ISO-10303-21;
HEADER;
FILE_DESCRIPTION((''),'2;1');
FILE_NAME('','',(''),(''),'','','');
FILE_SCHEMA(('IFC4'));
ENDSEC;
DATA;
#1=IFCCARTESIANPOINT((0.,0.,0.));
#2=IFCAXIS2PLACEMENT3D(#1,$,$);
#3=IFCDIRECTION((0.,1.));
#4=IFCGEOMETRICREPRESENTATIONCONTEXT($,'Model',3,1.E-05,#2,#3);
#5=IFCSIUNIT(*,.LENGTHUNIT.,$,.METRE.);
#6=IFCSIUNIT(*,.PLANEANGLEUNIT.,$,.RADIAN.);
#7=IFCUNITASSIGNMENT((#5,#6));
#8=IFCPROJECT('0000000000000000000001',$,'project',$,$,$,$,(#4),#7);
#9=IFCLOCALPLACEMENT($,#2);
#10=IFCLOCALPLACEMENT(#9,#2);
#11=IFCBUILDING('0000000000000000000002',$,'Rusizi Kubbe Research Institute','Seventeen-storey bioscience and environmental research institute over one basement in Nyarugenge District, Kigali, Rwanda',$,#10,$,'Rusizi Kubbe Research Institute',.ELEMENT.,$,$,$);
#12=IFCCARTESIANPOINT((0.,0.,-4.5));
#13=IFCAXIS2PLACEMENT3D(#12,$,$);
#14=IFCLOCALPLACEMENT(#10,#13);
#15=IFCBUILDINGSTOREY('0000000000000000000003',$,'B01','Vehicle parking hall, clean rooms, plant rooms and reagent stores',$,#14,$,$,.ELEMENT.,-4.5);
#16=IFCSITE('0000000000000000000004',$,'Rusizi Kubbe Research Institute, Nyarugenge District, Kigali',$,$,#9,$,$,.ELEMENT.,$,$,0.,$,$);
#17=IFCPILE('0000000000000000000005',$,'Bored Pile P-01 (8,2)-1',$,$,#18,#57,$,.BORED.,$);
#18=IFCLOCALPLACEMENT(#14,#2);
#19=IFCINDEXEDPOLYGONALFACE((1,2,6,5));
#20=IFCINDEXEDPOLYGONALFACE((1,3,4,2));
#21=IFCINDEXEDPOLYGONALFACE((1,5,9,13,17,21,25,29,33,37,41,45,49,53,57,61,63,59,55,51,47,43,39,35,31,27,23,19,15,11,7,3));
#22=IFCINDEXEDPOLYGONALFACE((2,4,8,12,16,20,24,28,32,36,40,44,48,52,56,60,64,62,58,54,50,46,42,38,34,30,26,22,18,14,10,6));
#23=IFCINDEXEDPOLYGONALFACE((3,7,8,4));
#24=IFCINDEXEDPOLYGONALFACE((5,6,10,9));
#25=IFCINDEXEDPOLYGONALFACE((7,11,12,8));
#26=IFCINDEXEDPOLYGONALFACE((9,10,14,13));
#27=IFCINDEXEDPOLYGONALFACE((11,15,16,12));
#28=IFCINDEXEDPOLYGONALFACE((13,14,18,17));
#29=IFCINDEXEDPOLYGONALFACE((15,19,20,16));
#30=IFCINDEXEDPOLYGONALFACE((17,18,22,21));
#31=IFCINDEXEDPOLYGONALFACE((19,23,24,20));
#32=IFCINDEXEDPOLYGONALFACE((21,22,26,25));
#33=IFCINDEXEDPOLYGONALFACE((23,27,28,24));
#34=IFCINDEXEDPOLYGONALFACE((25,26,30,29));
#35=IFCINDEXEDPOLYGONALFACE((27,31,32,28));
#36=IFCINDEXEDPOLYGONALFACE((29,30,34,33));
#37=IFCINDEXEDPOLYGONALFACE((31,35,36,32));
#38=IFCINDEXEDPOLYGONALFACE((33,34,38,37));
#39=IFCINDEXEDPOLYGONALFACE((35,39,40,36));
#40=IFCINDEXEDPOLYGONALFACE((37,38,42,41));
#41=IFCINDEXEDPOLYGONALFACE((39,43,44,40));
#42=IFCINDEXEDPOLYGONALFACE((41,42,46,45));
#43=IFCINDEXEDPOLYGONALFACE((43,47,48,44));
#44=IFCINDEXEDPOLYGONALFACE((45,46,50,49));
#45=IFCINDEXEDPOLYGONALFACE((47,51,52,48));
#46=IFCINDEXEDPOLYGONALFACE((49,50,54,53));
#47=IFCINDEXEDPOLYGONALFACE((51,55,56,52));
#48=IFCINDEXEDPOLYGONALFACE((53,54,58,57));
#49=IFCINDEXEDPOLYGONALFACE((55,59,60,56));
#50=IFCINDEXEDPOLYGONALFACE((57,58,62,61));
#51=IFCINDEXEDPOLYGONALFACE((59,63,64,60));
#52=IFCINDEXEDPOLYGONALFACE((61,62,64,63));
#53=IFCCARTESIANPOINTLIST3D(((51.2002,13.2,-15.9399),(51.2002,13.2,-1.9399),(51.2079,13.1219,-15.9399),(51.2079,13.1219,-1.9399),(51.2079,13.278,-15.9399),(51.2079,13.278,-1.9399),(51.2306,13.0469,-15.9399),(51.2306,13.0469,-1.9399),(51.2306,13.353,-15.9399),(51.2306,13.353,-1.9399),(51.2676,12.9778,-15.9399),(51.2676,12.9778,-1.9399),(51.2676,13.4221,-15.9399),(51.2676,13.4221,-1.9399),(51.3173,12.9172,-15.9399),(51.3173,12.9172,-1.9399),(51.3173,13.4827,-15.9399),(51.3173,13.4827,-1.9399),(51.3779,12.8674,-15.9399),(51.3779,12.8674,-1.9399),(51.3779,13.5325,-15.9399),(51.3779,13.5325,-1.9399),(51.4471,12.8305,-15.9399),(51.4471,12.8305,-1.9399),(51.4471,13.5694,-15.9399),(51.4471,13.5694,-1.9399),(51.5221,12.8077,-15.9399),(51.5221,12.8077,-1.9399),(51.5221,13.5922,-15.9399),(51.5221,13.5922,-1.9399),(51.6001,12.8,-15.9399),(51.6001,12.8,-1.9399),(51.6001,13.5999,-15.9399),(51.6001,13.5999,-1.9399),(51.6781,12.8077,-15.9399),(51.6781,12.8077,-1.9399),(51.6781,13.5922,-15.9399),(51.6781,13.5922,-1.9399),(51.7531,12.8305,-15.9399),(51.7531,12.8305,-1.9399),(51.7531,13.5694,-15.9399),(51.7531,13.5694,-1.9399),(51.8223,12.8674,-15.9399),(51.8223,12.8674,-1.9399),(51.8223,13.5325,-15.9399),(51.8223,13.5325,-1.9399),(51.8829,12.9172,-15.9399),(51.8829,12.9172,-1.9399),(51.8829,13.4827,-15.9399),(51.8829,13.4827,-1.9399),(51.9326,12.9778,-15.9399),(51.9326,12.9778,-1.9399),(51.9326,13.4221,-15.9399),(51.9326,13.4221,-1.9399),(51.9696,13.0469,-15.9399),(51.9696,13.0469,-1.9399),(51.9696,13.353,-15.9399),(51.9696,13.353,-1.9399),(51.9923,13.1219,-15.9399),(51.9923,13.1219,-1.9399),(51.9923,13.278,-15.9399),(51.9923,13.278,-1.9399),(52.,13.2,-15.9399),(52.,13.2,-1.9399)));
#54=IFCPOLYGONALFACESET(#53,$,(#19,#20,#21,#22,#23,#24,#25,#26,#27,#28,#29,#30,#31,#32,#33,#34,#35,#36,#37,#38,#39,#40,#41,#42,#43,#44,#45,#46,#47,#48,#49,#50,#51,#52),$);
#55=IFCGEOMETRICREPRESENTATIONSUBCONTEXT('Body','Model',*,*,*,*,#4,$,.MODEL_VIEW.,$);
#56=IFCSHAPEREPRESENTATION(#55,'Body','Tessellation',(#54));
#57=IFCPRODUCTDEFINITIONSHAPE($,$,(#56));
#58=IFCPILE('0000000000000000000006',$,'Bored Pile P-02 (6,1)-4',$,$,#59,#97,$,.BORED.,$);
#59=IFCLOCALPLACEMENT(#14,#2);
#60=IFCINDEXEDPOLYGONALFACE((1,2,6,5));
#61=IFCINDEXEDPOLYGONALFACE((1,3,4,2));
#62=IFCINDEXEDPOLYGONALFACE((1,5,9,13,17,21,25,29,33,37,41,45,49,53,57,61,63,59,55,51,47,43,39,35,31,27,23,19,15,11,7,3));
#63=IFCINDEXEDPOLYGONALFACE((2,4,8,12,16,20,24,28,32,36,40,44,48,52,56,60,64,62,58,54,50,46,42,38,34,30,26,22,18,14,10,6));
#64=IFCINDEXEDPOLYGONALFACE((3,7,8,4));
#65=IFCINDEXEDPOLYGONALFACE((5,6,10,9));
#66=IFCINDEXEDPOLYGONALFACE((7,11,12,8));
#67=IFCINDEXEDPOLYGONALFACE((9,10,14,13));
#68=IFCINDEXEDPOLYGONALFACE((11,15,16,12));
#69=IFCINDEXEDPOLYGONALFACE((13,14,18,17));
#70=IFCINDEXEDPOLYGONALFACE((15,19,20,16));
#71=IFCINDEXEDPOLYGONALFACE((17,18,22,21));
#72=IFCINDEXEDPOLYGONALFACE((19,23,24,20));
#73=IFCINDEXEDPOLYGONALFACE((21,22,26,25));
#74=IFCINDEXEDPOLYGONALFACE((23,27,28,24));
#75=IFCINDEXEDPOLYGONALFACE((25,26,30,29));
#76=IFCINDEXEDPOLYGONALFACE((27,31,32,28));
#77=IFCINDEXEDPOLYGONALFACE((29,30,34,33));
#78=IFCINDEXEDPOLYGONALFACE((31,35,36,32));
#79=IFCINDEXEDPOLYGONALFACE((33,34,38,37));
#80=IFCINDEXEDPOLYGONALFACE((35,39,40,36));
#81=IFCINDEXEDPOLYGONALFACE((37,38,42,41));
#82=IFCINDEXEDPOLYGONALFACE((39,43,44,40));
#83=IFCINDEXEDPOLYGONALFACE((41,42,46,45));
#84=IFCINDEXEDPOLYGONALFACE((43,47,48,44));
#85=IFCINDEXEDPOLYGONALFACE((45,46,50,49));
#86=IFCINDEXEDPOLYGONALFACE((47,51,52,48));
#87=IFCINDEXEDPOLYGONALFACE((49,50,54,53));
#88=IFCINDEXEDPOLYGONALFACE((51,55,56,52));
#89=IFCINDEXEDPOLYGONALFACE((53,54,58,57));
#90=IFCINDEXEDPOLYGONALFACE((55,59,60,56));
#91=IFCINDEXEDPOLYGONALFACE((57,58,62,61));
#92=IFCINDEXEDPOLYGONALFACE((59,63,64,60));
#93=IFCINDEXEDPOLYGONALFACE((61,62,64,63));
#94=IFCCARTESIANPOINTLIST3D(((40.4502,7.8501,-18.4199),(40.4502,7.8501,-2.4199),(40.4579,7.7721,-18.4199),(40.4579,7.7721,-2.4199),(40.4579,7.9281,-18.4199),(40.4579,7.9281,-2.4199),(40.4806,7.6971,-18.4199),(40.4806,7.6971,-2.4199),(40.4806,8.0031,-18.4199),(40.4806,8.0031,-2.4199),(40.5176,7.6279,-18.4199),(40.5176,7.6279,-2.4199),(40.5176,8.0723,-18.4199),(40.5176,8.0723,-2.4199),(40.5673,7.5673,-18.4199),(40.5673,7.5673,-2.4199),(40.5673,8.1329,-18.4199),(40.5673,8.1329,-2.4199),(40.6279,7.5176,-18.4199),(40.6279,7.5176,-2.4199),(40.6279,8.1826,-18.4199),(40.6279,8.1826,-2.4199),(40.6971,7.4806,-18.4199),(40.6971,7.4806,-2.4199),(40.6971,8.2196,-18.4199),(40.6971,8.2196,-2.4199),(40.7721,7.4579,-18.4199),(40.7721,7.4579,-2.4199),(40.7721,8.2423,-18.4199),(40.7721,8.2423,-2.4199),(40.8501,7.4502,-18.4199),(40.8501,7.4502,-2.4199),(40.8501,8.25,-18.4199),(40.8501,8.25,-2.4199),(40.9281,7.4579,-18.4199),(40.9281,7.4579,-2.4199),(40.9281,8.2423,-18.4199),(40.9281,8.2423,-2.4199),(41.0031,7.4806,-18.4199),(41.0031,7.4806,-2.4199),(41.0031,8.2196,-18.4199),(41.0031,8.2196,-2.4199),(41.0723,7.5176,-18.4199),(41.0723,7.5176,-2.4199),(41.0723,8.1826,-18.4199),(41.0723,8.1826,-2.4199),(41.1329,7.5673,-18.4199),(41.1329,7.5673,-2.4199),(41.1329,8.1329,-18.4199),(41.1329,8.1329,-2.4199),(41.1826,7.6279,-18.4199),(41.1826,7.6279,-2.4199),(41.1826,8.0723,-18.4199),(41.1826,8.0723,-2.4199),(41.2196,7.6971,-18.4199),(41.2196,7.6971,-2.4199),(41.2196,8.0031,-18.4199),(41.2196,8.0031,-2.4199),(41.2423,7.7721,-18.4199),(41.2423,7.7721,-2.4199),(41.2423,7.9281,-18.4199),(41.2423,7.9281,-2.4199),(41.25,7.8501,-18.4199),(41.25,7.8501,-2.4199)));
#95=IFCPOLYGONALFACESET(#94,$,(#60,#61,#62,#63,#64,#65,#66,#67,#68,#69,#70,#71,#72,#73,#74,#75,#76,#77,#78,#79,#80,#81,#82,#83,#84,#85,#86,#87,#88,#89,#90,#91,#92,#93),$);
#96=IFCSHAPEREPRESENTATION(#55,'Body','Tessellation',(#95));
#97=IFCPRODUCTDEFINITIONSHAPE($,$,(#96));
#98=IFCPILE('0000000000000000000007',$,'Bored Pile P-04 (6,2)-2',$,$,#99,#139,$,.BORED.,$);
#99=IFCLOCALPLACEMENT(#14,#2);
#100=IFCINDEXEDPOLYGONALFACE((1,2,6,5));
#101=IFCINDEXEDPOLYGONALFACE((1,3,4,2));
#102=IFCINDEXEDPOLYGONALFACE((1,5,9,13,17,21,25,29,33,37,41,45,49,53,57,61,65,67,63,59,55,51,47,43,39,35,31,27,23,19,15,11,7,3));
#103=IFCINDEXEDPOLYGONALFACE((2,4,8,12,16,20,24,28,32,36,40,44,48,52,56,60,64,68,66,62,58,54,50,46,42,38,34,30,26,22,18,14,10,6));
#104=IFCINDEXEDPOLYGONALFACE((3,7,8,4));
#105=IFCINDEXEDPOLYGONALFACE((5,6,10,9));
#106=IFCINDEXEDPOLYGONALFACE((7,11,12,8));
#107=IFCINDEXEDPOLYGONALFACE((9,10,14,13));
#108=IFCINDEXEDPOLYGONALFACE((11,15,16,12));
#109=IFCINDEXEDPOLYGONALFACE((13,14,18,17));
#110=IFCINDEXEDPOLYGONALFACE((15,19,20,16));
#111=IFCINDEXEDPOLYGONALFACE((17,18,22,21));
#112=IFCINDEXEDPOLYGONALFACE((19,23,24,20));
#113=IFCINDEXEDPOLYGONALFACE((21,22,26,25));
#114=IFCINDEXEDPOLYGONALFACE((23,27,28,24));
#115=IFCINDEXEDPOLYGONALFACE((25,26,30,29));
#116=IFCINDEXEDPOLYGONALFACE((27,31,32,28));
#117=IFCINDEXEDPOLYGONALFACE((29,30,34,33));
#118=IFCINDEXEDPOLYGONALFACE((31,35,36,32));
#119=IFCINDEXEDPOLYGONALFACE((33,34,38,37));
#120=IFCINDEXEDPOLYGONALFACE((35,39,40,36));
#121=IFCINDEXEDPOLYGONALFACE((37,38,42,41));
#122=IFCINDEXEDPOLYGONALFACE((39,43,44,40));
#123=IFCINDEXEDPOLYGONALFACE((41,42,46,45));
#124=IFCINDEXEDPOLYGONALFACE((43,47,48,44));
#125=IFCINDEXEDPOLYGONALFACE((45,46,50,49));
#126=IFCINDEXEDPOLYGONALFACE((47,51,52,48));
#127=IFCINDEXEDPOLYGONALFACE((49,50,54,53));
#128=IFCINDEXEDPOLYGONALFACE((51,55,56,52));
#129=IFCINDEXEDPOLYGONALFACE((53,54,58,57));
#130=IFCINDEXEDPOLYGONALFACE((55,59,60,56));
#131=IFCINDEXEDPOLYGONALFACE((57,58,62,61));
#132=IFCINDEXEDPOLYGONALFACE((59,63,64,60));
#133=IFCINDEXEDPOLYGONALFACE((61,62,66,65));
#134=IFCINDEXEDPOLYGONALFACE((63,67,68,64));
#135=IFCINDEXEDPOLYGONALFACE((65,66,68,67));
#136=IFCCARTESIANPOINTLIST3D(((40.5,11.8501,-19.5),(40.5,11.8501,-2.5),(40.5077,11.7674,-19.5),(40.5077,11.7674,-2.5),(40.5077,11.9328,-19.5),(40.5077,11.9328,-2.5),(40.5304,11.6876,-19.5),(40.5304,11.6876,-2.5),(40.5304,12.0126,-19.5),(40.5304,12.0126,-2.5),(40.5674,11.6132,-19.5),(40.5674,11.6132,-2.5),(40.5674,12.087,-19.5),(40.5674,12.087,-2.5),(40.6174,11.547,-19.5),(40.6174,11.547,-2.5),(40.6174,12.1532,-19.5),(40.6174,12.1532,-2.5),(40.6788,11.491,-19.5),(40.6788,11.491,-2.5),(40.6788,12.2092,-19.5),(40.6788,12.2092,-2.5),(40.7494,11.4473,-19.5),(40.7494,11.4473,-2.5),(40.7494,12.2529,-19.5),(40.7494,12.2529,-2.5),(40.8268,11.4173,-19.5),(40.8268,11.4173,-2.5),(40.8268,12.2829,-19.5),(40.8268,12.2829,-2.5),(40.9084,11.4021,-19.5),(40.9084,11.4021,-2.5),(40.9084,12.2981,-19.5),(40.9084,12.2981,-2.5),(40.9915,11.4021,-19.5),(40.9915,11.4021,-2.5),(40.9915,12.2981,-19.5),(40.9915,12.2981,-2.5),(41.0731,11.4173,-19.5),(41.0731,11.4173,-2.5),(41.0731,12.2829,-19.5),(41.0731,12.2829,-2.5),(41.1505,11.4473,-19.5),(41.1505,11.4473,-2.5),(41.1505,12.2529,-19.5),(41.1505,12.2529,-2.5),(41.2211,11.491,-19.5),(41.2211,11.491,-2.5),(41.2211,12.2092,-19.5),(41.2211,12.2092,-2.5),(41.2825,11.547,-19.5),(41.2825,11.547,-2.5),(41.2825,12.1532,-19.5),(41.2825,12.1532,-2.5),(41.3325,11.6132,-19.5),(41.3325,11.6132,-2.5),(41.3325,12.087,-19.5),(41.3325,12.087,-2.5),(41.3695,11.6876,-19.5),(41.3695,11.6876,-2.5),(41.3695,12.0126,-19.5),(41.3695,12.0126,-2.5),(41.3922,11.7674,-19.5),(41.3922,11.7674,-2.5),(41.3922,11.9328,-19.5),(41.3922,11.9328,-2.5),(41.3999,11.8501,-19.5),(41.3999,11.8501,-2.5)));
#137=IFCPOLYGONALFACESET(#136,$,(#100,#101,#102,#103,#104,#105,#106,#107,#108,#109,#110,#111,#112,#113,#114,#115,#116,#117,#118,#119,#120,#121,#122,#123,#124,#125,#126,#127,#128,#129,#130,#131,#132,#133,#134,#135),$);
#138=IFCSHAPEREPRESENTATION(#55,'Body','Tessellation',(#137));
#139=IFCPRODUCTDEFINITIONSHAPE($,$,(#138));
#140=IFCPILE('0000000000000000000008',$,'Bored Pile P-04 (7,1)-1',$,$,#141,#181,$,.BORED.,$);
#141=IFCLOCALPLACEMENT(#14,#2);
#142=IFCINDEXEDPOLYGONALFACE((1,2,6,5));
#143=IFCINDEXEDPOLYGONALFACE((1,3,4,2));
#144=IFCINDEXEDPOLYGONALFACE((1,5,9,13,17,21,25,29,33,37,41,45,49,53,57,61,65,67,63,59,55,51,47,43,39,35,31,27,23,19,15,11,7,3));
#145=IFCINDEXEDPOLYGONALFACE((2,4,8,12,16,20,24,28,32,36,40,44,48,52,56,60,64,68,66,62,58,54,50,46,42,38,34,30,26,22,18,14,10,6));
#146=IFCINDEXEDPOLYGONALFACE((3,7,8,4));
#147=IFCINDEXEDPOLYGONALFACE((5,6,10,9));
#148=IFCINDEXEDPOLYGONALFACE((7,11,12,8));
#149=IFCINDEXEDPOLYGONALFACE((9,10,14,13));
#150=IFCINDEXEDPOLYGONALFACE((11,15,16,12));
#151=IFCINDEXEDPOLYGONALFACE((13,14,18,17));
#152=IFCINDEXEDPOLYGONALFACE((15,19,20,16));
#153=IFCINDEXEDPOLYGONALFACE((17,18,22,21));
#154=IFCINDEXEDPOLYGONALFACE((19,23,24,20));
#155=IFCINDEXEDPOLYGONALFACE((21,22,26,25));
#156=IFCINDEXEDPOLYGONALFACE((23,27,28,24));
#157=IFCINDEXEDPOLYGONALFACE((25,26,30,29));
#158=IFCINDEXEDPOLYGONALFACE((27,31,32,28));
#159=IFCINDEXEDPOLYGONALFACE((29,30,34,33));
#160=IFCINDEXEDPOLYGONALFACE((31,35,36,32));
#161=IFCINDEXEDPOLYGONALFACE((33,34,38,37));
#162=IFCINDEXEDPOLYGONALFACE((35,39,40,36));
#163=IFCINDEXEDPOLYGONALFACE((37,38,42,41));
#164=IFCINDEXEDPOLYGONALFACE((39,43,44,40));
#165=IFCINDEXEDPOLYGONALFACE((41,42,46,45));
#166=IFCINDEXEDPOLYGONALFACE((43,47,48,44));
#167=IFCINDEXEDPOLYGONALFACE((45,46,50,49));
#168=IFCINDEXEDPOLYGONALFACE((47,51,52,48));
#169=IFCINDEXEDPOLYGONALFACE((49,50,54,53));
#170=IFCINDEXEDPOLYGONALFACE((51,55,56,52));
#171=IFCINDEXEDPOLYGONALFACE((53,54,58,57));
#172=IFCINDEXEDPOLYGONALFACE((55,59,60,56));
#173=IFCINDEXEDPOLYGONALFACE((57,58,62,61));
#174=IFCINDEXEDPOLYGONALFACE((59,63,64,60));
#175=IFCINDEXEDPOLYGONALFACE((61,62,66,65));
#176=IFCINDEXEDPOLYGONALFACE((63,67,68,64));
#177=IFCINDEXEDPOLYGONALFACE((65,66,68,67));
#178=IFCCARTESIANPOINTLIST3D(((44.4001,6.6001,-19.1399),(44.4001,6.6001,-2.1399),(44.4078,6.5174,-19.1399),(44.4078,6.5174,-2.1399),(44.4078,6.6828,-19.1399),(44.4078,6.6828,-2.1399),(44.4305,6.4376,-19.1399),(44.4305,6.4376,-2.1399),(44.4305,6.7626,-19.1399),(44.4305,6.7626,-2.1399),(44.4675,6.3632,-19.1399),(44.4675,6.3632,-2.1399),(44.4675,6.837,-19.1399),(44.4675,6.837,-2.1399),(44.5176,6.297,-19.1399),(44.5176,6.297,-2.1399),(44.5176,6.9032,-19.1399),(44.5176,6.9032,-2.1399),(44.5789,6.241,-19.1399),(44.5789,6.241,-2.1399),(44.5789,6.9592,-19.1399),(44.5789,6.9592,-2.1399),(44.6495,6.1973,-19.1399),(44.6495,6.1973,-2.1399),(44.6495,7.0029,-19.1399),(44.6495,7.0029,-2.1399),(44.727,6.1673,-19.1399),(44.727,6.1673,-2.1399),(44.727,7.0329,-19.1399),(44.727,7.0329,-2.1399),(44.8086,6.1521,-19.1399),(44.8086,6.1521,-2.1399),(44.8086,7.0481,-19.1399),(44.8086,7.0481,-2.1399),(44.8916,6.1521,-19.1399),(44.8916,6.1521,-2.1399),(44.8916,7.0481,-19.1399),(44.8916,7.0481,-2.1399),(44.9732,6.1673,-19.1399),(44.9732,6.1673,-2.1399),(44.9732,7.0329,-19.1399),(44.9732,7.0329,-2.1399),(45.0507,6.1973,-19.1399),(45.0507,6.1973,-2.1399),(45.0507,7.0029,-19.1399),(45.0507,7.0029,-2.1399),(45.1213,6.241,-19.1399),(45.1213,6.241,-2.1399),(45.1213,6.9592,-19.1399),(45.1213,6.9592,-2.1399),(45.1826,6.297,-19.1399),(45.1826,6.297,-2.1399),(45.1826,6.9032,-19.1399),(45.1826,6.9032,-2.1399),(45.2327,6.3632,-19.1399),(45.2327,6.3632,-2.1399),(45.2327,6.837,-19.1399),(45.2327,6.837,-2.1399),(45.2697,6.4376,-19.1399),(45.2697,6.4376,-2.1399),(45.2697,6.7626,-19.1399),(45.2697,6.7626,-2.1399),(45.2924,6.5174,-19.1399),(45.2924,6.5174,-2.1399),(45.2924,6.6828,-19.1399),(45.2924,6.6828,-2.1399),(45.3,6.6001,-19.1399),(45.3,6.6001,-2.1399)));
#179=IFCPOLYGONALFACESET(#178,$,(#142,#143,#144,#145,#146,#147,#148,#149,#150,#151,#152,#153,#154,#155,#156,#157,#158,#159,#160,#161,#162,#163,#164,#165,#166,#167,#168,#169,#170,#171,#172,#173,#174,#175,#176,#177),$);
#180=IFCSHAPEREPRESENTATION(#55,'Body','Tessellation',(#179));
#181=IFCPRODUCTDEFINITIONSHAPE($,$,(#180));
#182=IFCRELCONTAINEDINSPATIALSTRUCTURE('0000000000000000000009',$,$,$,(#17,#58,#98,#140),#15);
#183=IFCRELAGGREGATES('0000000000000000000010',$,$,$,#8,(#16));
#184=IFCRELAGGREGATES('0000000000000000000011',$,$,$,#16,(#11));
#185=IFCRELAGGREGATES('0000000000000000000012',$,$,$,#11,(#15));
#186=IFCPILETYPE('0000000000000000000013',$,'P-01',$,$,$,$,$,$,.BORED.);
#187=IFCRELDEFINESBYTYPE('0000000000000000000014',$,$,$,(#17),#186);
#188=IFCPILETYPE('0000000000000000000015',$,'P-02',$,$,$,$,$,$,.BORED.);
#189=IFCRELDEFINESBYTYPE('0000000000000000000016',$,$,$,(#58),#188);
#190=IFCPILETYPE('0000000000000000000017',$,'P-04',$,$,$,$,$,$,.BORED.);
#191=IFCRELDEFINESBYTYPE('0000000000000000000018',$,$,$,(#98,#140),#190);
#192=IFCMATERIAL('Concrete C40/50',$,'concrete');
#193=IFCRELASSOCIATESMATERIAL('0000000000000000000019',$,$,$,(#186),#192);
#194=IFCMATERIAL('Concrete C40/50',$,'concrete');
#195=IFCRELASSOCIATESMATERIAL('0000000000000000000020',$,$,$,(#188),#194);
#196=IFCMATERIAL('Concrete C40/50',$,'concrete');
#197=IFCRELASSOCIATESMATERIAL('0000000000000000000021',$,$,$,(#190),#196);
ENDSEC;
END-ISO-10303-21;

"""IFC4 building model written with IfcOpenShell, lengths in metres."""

from ifc_helpers import new_model, si_unit, direction, frame, origin, origin_2d, place, context, subcontext, project, spatial, circle, extrude, material, material_profile, profile_set, type_object, element, save


model = new_model("IFC4")

# Units and contexts
model_context = context("Model", 3, precision=1e-05, world=origin(), true_north=direction((0.0, 1.0)))
body_context = subcontext(model_context, "Body", "Model", "MODEL_VIEW")
ifc_project = project(units=[si_unit("LENGTHUNIT", "METRE"), si_unit("PLANEANGLEUNIT", "RADIAN")], contexts=[model_context])

# Site, building, storey
site_placement = place(None, origin())
site = spatial("IfcSite", under=ifc_project, at=site_placement, Name="Rusizi Kubbe Research Institute, Nyarugenge District, Kigali", CompositionType="ELEMENT", RefElevation=0.0)
building_placement = place(site_placement, origin())
building = spatial("IfcBuilding", under=site, at=building_placement, Name="Rusizi Kubbe Research Institute", Description="Seventeen-storey bioscience and environmental research institute over one basement in Nyarugenge District, Kigali, Rwanda", LongName="Rusizi Kubbe Research Institute", CompositionType="ELEMENT")
storey_placement = place(building_placement, frame((0.0, 0.0, -4.5)))
storey = spatial("IfcBuildingStorey", under=building, at=storey_placement, Name="B01", Description="Vehicle parking hall, clean rooms, plant rooms and reagent stores", CompositionType="ELEMENT", Elevation=-4.5)

# Piles
ifc_material_1 = material(Name="Concrete C40/50", Category="concrete")
ifc_material_profile_1 = material_profile(ifc_material_1, circle(Radius=0.3999, at=origin_2d()), Name="PILE-D800")
ifc_profile_set_1 = profile_set([ifc_material_profile_1], Name="Concrete C40/50")
pile_type_1 = type_object("IfcPileType", Name="P-01", PredefinedType="BORED", material=ifc_profile_set_1)
pile_1_placement = place(storey_placement, frame((51.6001, 13.2, -1.9399), z_axis=(0.0, 0.0, -1.0), x_axis=(1.0, 0.0, 0.0)))
element("IfcPile", 1, at=pile_1_placement, inside=storey, type_object=pile_type_1, Name="Bored Pile P-01 (8,2)-1", PredefinedType="BORED", context=body_context, shape_type="SweptSolid", body=[
    extrude(circle(Radius=0.3999, at=origin_2d()), origin(), (0.0, 0.0, 1.0), 14.0),
])
ifc_material_2 = material(Name="Concrete C40/50", Category="concrete")
ifc_material_profile_2 = material_profile(ifc_material_2, circle(Radius=0.3999, at=origin_2d()), Name="PILE-D800")
ifc_profile_set_2 = profile_set([ifc_material_profile_2], Name="Concrete C40/50")
pile_type_2 = type_object("IfcPileType", Name="P-02", PredefinedType="BORED", material=ifc_profile_set_2)
pile_2_placement = place(storey_placement, frame((40.8501, 7.8501, -2.4199), z_axis=(0.0, 0.0, -1.0), x_axis=(1.0, 0.0, 0.0)))
element("IfcPile", 2, at=pile_2_placement, inside=storey, type_object=pile_type_2, Name="Bored Pile P-02 (6,1)-4", PredefinedType="BORED", context=body_context, shape_type="SweptSolid", body=[
    extrude(circle(Radius=0.3999, at=origin_2d()), origin(), (0.0, 0.0, 1.0), 16.0),
])
ifc_material_3 = material(Name="Concrete C40/50", Category="concrete")
ifc_material_profile_3 = material_profile(ifc_material_3, circle(Radius=0.45, at=origin_2d()), Name="PILE-D900")
ifc_profile_set_3 = profile_set([ifc_material_profile_3], Name="Concrete C40/50")
pile_type_3 = type_object("IfcPileType", Name="P-04", PredefinedType="BORED", material=ifc_profile_set_3)
for number, where, z_axis, x_axis, name in (
    (3, (40.95, 11.8501, -2.5), (0.0, 0.0, -1.0), (1.0, 0.0, 0.0), "Bored Pile P-04 (6,2)-2"),
    (4, (44.8501, 6.6001, -2.1399), (0.0, 0.0, -1.0), (1.0, 0.0, 0.0), "Bored Pile P-04 (7,1)-1"),
):
    element("IfcPile", number, at=place(storey_placement, frame(where, z_axis=z_axis, x_axis=x_axis)), inside=storey, type_object=pile_type_3, Name=name, PredefinedType="BORED", context=body_context, shape_type="SweptSolid", body=[
        extrude(circle(Radius=0.45, at=origin_2d()), origin(), (0.0, 0.0, 1.0), 17.0),
    ])

save(model, "model.ifc")
